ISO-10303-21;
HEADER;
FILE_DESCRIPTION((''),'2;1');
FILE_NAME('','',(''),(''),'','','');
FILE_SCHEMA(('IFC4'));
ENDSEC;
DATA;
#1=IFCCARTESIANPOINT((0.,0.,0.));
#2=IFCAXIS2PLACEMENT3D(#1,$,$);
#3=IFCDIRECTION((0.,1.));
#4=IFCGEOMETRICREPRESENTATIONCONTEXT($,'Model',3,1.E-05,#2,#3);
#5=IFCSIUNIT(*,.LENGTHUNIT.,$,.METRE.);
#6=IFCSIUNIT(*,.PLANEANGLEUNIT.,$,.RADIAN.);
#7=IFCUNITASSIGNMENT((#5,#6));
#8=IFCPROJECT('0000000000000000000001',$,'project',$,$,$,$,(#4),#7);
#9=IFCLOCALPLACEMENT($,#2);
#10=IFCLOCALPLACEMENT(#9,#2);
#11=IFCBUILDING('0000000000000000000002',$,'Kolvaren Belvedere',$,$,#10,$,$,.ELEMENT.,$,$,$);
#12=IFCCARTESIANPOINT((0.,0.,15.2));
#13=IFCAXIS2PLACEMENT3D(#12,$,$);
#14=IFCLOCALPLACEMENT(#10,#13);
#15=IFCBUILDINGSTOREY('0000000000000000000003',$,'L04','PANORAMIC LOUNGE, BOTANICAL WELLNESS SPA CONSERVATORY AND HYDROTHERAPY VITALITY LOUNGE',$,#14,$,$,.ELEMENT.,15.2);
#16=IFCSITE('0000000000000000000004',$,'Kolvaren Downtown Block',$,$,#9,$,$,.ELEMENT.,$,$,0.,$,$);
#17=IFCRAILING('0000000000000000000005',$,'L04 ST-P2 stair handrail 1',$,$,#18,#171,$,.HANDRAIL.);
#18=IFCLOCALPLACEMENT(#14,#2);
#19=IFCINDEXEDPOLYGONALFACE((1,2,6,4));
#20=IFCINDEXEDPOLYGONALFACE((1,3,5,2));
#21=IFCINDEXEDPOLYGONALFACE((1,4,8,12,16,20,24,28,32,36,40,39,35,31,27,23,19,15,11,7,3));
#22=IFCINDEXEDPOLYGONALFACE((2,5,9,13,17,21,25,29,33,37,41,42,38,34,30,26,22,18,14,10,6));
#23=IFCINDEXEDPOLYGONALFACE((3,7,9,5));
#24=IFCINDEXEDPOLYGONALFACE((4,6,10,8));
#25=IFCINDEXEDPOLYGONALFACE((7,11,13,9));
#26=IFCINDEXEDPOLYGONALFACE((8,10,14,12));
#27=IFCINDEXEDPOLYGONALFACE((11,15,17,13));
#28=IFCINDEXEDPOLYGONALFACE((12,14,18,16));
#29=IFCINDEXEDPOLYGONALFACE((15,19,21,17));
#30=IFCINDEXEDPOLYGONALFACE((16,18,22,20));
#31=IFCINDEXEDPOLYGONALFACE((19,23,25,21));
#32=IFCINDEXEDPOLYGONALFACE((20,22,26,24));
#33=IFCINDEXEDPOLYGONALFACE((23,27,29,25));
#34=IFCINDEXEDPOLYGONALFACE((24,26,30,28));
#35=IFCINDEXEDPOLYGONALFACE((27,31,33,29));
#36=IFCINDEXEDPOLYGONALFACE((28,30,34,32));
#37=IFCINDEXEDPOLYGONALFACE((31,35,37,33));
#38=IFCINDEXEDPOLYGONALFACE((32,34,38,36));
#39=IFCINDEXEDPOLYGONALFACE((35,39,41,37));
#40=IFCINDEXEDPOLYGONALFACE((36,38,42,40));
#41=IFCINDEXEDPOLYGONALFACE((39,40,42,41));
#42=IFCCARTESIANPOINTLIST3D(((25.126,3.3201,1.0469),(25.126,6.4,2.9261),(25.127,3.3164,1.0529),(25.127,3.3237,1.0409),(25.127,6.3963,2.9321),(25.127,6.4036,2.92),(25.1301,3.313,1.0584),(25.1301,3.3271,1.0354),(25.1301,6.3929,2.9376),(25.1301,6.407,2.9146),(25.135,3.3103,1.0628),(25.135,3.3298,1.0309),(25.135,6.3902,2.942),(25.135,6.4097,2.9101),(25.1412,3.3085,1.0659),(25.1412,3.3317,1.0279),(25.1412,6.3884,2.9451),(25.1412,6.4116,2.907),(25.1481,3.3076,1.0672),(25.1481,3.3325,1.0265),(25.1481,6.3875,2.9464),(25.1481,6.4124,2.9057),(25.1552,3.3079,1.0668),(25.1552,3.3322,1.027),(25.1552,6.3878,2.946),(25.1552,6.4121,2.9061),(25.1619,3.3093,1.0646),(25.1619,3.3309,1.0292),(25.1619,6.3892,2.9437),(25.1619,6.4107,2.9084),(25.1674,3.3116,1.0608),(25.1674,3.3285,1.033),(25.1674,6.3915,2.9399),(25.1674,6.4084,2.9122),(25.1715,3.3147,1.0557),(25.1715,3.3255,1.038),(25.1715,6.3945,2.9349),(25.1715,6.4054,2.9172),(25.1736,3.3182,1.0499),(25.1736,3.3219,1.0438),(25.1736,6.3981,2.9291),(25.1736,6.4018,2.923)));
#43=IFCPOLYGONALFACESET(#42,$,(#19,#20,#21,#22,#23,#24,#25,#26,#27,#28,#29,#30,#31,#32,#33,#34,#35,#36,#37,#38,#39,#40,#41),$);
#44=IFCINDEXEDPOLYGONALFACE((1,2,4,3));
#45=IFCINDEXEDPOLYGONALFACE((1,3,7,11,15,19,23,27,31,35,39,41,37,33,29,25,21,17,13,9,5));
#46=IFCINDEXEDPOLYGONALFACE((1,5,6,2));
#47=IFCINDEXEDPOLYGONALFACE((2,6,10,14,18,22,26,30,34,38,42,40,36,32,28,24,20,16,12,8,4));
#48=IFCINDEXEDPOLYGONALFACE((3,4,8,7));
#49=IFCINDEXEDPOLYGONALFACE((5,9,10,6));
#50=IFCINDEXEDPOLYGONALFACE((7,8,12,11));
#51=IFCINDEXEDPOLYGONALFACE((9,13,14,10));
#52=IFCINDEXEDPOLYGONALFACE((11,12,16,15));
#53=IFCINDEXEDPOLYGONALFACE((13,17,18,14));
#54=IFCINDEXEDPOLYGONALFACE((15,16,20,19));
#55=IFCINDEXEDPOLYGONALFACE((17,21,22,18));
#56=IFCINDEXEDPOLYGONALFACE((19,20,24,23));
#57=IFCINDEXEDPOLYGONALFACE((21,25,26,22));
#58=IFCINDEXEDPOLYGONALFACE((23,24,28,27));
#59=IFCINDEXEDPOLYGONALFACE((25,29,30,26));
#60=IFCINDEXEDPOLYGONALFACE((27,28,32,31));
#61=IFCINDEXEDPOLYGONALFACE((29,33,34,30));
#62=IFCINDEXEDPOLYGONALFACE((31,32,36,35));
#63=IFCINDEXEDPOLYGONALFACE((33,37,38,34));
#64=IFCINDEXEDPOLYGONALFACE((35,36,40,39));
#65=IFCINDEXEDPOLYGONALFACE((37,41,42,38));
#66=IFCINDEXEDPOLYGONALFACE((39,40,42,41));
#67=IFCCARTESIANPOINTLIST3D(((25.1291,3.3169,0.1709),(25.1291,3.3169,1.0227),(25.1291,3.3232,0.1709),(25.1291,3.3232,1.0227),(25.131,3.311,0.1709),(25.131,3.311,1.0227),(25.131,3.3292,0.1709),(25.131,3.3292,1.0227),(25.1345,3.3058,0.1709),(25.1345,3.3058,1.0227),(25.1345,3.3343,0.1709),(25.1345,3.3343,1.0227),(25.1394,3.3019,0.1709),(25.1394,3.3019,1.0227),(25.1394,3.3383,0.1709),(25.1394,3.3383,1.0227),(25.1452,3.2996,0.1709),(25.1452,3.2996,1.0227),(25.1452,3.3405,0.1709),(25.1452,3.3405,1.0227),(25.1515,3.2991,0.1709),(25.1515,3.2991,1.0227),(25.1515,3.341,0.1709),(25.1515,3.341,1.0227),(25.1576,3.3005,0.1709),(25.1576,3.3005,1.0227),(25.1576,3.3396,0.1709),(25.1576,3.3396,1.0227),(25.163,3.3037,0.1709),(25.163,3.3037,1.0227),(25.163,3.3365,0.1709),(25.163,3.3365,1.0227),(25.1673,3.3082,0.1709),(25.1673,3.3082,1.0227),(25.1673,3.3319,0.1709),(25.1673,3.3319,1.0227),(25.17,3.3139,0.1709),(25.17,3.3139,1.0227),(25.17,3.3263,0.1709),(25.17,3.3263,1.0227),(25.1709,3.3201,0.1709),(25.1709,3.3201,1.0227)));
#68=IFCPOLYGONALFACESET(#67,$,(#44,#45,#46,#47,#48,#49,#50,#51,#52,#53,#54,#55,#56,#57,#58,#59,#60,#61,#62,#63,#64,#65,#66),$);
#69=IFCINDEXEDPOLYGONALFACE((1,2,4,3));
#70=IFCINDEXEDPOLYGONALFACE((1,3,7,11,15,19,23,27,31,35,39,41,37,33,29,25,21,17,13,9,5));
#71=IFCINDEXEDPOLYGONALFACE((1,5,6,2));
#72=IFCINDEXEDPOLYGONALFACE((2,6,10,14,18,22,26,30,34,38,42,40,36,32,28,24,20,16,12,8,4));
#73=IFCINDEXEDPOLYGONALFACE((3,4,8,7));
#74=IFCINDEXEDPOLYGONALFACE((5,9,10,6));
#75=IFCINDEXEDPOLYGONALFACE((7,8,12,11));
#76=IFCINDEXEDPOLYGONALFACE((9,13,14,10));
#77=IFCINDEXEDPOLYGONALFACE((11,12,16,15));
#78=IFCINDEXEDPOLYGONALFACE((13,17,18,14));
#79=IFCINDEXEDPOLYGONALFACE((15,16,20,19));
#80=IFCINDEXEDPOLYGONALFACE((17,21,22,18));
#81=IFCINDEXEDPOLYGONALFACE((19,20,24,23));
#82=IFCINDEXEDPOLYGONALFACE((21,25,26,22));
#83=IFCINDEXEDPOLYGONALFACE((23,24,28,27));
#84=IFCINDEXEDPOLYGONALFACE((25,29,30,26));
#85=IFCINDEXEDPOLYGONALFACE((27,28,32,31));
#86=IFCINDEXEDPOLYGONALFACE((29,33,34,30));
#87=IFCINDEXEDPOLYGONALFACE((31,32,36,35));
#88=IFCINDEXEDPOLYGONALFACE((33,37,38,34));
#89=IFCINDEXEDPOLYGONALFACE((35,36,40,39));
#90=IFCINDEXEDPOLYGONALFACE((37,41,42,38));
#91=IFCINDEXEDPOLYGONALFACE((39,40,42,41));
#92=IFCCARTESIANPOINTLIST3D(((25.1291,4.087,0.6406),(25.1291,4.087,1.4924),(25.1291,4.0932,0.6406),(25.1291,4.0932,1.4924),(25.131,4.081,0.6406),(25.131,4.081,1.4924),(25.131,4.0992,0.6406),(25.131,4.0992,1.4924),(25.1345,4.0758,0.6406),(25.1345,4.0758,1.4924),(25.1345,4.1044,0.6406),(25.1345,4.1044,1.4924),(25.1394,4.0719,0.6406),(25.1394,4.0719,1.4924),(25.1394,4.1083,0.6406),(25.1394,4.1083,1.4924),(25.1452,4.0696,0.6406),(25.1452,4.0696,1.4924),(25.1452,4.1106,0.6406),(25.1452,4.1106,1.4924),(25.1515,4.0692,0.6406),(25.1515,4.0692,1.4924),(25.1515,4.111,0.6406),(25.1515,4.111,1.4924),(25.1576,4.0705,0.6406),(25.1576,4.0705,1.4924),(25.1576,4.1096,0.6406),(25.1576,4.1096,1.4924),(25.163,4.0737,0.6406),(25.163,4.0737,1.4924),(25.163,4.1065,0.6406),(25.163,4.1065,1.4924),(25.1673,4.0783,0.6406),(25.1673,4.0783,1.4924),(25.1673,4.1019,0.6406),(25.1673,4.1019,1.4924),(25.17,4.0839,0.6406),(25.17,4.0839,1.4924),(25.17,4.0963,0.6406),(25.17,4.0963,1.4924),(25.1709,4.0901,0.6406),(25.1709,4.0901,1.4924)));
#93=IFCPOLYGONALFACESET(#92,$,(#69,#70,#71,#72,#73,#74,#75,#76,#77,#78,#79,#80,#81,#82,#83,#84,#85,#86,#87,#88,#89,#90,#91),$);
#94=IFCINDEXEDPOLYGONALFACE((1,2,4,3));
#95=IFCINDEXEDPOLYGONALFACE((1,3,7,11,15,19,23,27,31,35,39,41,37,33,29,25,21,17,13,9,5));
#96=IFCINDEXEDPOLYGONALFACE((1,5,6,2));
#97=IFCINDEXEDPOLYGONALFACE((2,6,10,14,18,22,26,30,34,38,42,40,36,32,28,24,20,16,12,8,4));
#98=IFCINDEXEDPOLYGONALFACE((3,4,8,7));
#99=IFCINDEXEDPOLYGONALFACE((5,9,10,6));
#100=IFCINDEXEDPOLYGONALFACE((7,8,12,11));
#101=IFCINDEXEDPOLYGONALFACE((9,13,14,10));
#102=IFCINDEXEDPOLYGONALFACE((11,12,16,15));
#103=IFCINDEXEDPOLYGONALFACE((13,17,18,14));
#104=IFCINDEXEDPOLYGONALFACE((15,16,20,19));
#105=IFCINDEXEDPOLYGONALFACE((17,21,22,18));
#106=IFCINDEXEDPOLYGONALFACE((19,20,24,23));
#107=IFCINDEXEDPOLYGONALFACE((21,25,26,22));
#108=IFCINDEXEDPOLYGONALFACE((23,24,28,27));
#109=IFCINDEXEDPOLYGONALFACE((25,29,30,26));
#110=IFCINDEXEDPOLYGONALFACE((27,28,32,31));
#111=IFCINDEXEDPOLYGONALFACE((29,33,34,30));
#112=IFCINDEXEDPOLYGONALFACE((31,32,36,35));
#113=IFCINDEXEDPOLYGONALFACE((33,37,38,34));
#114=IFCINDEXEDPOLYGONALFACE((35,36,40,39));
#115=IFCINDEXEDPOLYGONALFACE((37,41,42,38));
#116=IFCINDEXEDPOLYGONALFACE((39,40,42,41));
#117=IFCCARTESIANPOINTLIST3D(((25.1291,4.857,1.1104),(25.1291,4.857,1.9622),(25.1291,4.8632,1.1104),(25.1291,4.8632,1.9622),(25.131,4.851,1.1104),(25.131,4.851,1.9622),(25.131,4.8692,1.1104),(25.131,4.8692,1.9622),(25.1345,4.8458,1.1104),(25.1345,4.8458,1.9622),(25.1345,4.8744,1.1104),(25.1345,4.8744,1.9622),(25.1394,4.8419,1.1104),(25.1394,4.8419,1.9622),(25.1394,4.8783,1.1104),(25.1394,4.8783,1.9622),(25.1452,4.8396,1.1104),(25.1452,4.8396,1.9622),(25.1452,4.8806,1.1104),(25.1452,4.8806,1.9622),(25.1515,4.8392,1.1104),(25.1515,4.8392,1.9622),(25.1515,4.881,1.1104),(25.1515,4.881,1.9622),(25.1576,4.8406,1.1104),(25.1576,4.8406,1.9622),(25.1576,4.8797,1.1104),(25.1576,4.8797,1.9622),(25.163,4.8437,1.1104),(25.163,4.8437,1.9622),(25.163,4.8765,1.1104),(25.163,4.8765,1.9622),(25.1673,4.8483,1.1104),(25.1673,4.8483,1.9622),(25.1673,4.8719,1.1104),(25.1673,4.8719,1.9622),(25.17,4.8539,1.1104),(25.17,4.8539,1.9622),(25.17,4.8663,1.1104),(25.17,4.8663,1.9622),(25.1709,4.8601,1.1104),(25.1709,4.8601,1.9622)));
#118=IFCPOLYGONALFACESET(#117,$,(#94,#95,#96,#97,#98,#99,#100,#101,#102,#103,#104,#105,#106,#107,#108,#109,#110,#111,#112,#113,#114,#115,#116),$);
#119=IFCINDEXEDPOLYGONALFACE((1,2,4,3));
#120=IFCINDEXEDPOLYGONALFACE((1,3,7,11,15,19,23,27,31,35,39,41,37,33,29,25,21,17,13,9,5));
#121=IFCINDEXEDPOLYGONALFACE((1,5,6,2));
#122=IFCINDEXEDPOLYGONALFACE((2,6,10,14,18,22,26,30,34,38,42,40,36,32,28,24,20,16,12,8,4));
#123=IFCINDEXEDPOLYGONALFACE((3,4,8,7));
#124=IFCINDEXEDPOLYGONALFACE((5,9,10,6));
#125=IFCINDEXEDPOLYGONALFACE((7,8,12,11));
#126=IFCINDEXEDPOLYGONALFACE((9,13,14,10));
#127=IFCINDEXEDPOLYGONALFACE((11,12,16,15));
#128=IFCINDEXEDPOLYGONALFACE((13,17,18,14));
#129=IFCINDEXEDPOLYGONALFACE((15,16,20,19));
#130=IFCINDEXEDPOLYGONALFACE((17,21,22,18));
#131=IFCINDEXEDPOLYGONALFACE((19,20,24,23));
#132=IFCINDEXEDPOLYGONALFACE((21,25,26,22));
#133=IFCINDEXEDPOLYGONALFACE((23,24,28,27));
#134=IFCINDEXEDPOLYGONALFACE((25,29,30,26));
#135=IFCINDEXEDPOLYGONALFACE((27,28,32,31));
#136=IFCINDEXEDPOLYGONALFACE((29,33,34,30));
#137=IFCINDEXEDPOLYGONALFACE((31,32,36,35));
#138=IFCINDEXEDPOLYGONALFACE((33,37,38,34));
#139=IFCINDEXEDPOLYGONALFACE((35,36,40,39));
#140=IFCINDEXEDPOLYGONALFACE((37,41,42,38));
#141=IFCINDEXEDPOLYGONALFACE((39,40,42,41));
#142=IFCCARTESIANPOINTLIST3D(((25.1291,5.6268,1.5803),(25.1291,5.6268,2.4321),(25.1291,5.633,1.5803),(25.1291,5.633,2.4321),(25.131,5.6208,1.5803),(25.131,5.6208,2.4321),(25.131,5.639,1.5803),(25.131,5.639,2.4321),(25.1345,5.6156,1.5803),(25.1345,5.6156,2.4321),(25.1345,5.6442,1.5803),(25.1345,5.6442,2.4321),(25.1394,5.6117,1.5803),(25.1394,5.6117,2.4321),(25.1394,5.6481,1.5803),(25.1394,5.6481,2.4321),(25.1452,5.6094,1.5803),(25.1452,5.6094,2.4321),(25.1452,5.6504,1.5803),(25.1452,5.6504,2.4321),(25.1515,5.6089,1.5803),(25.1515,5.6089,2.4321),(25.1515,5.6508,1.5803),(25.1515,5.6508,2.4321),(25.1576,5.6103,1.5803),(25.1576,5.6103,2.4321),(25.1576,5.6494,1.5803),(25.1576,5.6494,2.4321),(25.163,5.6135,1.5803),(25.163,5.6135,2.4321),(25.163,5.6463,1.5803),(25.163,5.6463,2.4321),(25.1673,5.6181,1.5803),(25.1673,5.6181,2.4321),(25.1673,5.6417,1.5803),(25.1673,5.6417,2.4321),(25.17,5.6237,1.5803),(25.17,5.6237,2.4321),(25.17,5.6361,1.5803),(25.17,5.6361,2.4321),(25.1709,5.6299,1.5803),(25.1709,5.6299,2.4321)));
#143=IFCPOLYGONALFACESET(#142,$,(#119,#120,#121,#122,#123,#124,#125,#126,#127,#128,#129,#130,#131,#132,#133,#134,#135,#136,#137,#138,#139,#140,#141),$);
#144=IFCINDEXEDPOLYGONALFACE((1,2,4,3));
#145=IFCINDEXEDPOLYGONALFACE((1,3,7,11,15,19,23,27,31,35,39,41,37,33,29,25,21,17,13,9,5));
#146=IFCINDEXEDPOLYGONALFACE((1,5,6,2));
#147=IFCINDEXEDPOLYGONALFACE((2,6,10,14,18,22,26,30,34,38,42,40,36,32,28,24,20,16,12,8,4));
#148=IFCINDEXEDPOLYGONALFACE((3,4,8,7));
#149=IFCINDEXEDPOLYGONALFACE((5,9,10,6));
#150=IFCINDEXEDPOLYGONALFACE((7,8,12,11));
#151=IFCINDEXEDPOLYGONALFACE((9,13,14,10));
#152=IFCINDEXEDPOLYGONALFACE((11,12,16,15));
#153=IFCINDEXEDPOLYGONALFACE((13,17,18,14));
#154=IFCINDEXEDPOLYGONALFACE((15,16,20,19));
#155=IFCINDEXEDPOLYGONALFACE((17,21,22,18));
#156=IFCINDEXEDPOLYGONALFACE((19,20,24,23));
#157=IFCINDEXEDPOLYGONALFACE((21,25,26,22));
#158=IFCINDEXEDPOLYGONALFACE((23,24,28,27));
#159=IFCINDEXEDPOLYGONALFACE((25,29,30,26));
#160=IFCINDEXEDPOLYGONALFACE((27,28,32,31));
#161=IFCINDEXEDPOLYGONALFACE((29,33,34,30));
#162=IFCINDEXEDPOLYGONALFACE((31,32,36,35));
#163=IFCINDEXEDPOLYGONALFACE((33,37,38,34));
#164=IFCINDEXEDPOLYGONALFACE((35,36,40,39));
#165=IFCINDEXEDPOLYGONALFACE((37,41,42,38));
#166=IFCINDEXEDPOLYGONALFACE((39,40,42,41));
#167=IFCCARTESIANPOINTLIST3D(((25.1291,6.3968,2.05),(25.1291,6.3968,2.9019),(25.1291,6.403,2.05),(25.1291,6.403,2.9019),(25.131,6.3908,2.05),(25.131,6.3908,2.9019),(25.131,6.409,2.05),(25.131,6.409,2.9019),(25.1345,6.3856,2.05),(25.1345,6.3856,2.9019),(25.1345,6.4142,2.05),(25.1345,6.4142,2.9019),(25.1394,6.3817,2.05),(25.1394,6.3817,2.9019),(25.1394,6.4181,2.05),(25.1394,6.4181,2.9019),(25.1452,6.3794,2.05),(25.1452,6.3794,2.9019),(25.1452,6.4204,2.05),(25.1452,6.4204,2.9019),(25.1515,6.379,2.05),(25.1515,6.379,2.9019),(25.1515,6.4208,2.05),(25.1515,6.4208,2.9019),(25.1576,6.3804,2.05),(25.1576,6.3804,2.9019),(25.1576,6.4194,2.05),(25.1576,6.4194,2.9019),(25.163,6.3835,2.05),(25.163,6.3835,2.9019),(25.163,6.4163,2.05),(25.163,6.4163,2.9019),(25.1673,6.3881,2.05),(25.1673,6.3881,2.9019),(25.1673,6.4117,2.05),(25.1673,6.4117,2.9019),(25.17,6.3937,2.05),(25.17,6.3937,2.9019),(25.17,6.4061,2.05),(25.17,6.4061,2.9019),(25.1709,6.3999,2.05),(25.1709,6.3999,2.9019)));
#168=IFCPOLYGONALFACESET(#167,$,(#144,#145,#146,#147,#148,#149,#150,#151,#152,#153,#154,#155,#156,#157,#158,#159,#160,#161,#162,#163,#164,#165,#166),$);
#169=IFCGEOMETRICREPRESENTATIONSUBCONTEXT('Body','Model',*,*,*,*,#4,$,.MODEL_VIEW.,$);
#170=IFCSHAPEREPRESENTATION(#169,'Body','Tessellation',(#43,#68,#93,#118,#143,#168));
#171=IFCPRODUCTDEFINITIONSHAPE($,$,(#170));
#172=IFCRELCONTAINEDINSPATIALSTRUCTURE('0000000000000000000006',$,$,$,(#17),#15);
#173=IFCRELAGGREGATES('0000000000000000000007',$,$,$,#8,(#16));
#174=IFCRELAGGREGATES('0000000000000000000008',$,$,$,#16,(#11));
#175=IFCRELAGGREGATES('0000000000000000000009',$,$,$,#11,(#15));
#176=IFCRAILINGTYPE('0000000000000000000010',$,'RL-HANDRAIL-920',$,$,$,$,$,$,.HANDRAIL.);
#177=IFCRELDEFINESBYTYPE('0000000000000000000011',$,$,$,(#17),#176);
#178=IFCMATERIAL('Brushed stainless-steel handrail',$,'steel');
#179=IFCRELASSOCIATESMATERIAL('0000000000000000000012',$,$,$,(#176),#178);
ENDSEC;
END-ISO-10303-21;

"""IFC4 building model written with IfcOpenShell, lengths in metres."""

from ifc_helpers import new_model, si_unit, direction, frame, origin, origin_2d, place, context, subcontext, project, spatial, circle, extrude, material, type_object, element, save


model = new_model("IFC4")

# Units and contexts
model_context = context("Model", 3, precision=1e-05, world=origin(), true_north=direction((0.0, 1.0)))
body_context = subcontext(model_context, "Body", "Model", "MODEL_VIEW")
ifc_project = project(units=[si_unit("LENGTHUNIT", "METRE"), si_unit("PLANEANGLEUNIT", "RADIAN")], contexts=[model_context])

# Site, building, storey
site_placement = place(None, origin())
site = spatial("IfcSite", under=ifc_project, at=site_placement, Name="Kolvaren Downtown Block", CompositionType="ELEMENT", RefElevation=0.0)
building_placement = place(site_placement, origin())
building = spatial("IfcBuilding", under=site, at=building_placement, Name="Kolvaren Belvedere", CompositionType="ELEMENT")
storey_placement = place(building_placement, frame((0.0, 0.0, 15.2)))
storey = spatial("IfcBuildingStorey", under=building, at=storey_placement, Name="L04", Description="PANORAMIC LOUNGE, BOTANICAL WELLNESS SPA CONSERVATORY AND HYDROTHERAPY VITALITY LOUNGE", CompositionType="ELEMENT", Elevation=15.2)

# Railing
ifc_material_1 = material(Name="Brushed stainless-steel handrail", Category="steel")
railing_type_1 = type_object("IfcRailingType", Name="RL-HANDRAIL-920", PredefinedType="HANDRAIL", material=ifc_material_1)
for number, where, name in (
    (1, (25.1499, 3.3201, 0.1709), "L04 ST-P2 stair handrail 1"),
):
    element("IfcRailing", number, at=place(storey_placement, frame(where)), inside=storey, type_object=railing_type_1, Name=name, PredefinedType="HANDRAIL", context=body_context, shape_type="SweptSolid", body=[
        extrude(circle(Radius=0.0239, at=origin_2d()), frame((0.0, 0.0, 0.876), z_axis=(0.0, 0.853648, 0.52085), x_axis=(-1.0, 0.0, 0.0)), (0.0, 0.0, 1.0), 3.6079),
        extrude(circle(Radius=0.021, at=origin_2d()), origin(), (0.0, 0.0, 1.0), 0.8518),
        extrude(circle(Radius=0.021, at=origin_2d()), frame((0.0, 0.77, 0.4697)), (0.0, 0.0, 1.0), 0.8518),
        extrude(circle(Radius=0.021, at=origin_2d()), frame((0.0, 1.54, 0.9395)), (0.0, 0.0, 1.0), 0.8518),
        extrude(circle(Radius=0.021, at=origin_2d()), frame((0.0, 2.3098, 1.4094)), (0.0, 0.0, 1.0), 0.8518),
        extrude(circle(Radius=0.021, at=origin_2d()), frame((0.0, 3.0798, 1.8792)), (0.0, 0.0, 1.0), 0.8518),
    ])

save(model, "model.ifc")
